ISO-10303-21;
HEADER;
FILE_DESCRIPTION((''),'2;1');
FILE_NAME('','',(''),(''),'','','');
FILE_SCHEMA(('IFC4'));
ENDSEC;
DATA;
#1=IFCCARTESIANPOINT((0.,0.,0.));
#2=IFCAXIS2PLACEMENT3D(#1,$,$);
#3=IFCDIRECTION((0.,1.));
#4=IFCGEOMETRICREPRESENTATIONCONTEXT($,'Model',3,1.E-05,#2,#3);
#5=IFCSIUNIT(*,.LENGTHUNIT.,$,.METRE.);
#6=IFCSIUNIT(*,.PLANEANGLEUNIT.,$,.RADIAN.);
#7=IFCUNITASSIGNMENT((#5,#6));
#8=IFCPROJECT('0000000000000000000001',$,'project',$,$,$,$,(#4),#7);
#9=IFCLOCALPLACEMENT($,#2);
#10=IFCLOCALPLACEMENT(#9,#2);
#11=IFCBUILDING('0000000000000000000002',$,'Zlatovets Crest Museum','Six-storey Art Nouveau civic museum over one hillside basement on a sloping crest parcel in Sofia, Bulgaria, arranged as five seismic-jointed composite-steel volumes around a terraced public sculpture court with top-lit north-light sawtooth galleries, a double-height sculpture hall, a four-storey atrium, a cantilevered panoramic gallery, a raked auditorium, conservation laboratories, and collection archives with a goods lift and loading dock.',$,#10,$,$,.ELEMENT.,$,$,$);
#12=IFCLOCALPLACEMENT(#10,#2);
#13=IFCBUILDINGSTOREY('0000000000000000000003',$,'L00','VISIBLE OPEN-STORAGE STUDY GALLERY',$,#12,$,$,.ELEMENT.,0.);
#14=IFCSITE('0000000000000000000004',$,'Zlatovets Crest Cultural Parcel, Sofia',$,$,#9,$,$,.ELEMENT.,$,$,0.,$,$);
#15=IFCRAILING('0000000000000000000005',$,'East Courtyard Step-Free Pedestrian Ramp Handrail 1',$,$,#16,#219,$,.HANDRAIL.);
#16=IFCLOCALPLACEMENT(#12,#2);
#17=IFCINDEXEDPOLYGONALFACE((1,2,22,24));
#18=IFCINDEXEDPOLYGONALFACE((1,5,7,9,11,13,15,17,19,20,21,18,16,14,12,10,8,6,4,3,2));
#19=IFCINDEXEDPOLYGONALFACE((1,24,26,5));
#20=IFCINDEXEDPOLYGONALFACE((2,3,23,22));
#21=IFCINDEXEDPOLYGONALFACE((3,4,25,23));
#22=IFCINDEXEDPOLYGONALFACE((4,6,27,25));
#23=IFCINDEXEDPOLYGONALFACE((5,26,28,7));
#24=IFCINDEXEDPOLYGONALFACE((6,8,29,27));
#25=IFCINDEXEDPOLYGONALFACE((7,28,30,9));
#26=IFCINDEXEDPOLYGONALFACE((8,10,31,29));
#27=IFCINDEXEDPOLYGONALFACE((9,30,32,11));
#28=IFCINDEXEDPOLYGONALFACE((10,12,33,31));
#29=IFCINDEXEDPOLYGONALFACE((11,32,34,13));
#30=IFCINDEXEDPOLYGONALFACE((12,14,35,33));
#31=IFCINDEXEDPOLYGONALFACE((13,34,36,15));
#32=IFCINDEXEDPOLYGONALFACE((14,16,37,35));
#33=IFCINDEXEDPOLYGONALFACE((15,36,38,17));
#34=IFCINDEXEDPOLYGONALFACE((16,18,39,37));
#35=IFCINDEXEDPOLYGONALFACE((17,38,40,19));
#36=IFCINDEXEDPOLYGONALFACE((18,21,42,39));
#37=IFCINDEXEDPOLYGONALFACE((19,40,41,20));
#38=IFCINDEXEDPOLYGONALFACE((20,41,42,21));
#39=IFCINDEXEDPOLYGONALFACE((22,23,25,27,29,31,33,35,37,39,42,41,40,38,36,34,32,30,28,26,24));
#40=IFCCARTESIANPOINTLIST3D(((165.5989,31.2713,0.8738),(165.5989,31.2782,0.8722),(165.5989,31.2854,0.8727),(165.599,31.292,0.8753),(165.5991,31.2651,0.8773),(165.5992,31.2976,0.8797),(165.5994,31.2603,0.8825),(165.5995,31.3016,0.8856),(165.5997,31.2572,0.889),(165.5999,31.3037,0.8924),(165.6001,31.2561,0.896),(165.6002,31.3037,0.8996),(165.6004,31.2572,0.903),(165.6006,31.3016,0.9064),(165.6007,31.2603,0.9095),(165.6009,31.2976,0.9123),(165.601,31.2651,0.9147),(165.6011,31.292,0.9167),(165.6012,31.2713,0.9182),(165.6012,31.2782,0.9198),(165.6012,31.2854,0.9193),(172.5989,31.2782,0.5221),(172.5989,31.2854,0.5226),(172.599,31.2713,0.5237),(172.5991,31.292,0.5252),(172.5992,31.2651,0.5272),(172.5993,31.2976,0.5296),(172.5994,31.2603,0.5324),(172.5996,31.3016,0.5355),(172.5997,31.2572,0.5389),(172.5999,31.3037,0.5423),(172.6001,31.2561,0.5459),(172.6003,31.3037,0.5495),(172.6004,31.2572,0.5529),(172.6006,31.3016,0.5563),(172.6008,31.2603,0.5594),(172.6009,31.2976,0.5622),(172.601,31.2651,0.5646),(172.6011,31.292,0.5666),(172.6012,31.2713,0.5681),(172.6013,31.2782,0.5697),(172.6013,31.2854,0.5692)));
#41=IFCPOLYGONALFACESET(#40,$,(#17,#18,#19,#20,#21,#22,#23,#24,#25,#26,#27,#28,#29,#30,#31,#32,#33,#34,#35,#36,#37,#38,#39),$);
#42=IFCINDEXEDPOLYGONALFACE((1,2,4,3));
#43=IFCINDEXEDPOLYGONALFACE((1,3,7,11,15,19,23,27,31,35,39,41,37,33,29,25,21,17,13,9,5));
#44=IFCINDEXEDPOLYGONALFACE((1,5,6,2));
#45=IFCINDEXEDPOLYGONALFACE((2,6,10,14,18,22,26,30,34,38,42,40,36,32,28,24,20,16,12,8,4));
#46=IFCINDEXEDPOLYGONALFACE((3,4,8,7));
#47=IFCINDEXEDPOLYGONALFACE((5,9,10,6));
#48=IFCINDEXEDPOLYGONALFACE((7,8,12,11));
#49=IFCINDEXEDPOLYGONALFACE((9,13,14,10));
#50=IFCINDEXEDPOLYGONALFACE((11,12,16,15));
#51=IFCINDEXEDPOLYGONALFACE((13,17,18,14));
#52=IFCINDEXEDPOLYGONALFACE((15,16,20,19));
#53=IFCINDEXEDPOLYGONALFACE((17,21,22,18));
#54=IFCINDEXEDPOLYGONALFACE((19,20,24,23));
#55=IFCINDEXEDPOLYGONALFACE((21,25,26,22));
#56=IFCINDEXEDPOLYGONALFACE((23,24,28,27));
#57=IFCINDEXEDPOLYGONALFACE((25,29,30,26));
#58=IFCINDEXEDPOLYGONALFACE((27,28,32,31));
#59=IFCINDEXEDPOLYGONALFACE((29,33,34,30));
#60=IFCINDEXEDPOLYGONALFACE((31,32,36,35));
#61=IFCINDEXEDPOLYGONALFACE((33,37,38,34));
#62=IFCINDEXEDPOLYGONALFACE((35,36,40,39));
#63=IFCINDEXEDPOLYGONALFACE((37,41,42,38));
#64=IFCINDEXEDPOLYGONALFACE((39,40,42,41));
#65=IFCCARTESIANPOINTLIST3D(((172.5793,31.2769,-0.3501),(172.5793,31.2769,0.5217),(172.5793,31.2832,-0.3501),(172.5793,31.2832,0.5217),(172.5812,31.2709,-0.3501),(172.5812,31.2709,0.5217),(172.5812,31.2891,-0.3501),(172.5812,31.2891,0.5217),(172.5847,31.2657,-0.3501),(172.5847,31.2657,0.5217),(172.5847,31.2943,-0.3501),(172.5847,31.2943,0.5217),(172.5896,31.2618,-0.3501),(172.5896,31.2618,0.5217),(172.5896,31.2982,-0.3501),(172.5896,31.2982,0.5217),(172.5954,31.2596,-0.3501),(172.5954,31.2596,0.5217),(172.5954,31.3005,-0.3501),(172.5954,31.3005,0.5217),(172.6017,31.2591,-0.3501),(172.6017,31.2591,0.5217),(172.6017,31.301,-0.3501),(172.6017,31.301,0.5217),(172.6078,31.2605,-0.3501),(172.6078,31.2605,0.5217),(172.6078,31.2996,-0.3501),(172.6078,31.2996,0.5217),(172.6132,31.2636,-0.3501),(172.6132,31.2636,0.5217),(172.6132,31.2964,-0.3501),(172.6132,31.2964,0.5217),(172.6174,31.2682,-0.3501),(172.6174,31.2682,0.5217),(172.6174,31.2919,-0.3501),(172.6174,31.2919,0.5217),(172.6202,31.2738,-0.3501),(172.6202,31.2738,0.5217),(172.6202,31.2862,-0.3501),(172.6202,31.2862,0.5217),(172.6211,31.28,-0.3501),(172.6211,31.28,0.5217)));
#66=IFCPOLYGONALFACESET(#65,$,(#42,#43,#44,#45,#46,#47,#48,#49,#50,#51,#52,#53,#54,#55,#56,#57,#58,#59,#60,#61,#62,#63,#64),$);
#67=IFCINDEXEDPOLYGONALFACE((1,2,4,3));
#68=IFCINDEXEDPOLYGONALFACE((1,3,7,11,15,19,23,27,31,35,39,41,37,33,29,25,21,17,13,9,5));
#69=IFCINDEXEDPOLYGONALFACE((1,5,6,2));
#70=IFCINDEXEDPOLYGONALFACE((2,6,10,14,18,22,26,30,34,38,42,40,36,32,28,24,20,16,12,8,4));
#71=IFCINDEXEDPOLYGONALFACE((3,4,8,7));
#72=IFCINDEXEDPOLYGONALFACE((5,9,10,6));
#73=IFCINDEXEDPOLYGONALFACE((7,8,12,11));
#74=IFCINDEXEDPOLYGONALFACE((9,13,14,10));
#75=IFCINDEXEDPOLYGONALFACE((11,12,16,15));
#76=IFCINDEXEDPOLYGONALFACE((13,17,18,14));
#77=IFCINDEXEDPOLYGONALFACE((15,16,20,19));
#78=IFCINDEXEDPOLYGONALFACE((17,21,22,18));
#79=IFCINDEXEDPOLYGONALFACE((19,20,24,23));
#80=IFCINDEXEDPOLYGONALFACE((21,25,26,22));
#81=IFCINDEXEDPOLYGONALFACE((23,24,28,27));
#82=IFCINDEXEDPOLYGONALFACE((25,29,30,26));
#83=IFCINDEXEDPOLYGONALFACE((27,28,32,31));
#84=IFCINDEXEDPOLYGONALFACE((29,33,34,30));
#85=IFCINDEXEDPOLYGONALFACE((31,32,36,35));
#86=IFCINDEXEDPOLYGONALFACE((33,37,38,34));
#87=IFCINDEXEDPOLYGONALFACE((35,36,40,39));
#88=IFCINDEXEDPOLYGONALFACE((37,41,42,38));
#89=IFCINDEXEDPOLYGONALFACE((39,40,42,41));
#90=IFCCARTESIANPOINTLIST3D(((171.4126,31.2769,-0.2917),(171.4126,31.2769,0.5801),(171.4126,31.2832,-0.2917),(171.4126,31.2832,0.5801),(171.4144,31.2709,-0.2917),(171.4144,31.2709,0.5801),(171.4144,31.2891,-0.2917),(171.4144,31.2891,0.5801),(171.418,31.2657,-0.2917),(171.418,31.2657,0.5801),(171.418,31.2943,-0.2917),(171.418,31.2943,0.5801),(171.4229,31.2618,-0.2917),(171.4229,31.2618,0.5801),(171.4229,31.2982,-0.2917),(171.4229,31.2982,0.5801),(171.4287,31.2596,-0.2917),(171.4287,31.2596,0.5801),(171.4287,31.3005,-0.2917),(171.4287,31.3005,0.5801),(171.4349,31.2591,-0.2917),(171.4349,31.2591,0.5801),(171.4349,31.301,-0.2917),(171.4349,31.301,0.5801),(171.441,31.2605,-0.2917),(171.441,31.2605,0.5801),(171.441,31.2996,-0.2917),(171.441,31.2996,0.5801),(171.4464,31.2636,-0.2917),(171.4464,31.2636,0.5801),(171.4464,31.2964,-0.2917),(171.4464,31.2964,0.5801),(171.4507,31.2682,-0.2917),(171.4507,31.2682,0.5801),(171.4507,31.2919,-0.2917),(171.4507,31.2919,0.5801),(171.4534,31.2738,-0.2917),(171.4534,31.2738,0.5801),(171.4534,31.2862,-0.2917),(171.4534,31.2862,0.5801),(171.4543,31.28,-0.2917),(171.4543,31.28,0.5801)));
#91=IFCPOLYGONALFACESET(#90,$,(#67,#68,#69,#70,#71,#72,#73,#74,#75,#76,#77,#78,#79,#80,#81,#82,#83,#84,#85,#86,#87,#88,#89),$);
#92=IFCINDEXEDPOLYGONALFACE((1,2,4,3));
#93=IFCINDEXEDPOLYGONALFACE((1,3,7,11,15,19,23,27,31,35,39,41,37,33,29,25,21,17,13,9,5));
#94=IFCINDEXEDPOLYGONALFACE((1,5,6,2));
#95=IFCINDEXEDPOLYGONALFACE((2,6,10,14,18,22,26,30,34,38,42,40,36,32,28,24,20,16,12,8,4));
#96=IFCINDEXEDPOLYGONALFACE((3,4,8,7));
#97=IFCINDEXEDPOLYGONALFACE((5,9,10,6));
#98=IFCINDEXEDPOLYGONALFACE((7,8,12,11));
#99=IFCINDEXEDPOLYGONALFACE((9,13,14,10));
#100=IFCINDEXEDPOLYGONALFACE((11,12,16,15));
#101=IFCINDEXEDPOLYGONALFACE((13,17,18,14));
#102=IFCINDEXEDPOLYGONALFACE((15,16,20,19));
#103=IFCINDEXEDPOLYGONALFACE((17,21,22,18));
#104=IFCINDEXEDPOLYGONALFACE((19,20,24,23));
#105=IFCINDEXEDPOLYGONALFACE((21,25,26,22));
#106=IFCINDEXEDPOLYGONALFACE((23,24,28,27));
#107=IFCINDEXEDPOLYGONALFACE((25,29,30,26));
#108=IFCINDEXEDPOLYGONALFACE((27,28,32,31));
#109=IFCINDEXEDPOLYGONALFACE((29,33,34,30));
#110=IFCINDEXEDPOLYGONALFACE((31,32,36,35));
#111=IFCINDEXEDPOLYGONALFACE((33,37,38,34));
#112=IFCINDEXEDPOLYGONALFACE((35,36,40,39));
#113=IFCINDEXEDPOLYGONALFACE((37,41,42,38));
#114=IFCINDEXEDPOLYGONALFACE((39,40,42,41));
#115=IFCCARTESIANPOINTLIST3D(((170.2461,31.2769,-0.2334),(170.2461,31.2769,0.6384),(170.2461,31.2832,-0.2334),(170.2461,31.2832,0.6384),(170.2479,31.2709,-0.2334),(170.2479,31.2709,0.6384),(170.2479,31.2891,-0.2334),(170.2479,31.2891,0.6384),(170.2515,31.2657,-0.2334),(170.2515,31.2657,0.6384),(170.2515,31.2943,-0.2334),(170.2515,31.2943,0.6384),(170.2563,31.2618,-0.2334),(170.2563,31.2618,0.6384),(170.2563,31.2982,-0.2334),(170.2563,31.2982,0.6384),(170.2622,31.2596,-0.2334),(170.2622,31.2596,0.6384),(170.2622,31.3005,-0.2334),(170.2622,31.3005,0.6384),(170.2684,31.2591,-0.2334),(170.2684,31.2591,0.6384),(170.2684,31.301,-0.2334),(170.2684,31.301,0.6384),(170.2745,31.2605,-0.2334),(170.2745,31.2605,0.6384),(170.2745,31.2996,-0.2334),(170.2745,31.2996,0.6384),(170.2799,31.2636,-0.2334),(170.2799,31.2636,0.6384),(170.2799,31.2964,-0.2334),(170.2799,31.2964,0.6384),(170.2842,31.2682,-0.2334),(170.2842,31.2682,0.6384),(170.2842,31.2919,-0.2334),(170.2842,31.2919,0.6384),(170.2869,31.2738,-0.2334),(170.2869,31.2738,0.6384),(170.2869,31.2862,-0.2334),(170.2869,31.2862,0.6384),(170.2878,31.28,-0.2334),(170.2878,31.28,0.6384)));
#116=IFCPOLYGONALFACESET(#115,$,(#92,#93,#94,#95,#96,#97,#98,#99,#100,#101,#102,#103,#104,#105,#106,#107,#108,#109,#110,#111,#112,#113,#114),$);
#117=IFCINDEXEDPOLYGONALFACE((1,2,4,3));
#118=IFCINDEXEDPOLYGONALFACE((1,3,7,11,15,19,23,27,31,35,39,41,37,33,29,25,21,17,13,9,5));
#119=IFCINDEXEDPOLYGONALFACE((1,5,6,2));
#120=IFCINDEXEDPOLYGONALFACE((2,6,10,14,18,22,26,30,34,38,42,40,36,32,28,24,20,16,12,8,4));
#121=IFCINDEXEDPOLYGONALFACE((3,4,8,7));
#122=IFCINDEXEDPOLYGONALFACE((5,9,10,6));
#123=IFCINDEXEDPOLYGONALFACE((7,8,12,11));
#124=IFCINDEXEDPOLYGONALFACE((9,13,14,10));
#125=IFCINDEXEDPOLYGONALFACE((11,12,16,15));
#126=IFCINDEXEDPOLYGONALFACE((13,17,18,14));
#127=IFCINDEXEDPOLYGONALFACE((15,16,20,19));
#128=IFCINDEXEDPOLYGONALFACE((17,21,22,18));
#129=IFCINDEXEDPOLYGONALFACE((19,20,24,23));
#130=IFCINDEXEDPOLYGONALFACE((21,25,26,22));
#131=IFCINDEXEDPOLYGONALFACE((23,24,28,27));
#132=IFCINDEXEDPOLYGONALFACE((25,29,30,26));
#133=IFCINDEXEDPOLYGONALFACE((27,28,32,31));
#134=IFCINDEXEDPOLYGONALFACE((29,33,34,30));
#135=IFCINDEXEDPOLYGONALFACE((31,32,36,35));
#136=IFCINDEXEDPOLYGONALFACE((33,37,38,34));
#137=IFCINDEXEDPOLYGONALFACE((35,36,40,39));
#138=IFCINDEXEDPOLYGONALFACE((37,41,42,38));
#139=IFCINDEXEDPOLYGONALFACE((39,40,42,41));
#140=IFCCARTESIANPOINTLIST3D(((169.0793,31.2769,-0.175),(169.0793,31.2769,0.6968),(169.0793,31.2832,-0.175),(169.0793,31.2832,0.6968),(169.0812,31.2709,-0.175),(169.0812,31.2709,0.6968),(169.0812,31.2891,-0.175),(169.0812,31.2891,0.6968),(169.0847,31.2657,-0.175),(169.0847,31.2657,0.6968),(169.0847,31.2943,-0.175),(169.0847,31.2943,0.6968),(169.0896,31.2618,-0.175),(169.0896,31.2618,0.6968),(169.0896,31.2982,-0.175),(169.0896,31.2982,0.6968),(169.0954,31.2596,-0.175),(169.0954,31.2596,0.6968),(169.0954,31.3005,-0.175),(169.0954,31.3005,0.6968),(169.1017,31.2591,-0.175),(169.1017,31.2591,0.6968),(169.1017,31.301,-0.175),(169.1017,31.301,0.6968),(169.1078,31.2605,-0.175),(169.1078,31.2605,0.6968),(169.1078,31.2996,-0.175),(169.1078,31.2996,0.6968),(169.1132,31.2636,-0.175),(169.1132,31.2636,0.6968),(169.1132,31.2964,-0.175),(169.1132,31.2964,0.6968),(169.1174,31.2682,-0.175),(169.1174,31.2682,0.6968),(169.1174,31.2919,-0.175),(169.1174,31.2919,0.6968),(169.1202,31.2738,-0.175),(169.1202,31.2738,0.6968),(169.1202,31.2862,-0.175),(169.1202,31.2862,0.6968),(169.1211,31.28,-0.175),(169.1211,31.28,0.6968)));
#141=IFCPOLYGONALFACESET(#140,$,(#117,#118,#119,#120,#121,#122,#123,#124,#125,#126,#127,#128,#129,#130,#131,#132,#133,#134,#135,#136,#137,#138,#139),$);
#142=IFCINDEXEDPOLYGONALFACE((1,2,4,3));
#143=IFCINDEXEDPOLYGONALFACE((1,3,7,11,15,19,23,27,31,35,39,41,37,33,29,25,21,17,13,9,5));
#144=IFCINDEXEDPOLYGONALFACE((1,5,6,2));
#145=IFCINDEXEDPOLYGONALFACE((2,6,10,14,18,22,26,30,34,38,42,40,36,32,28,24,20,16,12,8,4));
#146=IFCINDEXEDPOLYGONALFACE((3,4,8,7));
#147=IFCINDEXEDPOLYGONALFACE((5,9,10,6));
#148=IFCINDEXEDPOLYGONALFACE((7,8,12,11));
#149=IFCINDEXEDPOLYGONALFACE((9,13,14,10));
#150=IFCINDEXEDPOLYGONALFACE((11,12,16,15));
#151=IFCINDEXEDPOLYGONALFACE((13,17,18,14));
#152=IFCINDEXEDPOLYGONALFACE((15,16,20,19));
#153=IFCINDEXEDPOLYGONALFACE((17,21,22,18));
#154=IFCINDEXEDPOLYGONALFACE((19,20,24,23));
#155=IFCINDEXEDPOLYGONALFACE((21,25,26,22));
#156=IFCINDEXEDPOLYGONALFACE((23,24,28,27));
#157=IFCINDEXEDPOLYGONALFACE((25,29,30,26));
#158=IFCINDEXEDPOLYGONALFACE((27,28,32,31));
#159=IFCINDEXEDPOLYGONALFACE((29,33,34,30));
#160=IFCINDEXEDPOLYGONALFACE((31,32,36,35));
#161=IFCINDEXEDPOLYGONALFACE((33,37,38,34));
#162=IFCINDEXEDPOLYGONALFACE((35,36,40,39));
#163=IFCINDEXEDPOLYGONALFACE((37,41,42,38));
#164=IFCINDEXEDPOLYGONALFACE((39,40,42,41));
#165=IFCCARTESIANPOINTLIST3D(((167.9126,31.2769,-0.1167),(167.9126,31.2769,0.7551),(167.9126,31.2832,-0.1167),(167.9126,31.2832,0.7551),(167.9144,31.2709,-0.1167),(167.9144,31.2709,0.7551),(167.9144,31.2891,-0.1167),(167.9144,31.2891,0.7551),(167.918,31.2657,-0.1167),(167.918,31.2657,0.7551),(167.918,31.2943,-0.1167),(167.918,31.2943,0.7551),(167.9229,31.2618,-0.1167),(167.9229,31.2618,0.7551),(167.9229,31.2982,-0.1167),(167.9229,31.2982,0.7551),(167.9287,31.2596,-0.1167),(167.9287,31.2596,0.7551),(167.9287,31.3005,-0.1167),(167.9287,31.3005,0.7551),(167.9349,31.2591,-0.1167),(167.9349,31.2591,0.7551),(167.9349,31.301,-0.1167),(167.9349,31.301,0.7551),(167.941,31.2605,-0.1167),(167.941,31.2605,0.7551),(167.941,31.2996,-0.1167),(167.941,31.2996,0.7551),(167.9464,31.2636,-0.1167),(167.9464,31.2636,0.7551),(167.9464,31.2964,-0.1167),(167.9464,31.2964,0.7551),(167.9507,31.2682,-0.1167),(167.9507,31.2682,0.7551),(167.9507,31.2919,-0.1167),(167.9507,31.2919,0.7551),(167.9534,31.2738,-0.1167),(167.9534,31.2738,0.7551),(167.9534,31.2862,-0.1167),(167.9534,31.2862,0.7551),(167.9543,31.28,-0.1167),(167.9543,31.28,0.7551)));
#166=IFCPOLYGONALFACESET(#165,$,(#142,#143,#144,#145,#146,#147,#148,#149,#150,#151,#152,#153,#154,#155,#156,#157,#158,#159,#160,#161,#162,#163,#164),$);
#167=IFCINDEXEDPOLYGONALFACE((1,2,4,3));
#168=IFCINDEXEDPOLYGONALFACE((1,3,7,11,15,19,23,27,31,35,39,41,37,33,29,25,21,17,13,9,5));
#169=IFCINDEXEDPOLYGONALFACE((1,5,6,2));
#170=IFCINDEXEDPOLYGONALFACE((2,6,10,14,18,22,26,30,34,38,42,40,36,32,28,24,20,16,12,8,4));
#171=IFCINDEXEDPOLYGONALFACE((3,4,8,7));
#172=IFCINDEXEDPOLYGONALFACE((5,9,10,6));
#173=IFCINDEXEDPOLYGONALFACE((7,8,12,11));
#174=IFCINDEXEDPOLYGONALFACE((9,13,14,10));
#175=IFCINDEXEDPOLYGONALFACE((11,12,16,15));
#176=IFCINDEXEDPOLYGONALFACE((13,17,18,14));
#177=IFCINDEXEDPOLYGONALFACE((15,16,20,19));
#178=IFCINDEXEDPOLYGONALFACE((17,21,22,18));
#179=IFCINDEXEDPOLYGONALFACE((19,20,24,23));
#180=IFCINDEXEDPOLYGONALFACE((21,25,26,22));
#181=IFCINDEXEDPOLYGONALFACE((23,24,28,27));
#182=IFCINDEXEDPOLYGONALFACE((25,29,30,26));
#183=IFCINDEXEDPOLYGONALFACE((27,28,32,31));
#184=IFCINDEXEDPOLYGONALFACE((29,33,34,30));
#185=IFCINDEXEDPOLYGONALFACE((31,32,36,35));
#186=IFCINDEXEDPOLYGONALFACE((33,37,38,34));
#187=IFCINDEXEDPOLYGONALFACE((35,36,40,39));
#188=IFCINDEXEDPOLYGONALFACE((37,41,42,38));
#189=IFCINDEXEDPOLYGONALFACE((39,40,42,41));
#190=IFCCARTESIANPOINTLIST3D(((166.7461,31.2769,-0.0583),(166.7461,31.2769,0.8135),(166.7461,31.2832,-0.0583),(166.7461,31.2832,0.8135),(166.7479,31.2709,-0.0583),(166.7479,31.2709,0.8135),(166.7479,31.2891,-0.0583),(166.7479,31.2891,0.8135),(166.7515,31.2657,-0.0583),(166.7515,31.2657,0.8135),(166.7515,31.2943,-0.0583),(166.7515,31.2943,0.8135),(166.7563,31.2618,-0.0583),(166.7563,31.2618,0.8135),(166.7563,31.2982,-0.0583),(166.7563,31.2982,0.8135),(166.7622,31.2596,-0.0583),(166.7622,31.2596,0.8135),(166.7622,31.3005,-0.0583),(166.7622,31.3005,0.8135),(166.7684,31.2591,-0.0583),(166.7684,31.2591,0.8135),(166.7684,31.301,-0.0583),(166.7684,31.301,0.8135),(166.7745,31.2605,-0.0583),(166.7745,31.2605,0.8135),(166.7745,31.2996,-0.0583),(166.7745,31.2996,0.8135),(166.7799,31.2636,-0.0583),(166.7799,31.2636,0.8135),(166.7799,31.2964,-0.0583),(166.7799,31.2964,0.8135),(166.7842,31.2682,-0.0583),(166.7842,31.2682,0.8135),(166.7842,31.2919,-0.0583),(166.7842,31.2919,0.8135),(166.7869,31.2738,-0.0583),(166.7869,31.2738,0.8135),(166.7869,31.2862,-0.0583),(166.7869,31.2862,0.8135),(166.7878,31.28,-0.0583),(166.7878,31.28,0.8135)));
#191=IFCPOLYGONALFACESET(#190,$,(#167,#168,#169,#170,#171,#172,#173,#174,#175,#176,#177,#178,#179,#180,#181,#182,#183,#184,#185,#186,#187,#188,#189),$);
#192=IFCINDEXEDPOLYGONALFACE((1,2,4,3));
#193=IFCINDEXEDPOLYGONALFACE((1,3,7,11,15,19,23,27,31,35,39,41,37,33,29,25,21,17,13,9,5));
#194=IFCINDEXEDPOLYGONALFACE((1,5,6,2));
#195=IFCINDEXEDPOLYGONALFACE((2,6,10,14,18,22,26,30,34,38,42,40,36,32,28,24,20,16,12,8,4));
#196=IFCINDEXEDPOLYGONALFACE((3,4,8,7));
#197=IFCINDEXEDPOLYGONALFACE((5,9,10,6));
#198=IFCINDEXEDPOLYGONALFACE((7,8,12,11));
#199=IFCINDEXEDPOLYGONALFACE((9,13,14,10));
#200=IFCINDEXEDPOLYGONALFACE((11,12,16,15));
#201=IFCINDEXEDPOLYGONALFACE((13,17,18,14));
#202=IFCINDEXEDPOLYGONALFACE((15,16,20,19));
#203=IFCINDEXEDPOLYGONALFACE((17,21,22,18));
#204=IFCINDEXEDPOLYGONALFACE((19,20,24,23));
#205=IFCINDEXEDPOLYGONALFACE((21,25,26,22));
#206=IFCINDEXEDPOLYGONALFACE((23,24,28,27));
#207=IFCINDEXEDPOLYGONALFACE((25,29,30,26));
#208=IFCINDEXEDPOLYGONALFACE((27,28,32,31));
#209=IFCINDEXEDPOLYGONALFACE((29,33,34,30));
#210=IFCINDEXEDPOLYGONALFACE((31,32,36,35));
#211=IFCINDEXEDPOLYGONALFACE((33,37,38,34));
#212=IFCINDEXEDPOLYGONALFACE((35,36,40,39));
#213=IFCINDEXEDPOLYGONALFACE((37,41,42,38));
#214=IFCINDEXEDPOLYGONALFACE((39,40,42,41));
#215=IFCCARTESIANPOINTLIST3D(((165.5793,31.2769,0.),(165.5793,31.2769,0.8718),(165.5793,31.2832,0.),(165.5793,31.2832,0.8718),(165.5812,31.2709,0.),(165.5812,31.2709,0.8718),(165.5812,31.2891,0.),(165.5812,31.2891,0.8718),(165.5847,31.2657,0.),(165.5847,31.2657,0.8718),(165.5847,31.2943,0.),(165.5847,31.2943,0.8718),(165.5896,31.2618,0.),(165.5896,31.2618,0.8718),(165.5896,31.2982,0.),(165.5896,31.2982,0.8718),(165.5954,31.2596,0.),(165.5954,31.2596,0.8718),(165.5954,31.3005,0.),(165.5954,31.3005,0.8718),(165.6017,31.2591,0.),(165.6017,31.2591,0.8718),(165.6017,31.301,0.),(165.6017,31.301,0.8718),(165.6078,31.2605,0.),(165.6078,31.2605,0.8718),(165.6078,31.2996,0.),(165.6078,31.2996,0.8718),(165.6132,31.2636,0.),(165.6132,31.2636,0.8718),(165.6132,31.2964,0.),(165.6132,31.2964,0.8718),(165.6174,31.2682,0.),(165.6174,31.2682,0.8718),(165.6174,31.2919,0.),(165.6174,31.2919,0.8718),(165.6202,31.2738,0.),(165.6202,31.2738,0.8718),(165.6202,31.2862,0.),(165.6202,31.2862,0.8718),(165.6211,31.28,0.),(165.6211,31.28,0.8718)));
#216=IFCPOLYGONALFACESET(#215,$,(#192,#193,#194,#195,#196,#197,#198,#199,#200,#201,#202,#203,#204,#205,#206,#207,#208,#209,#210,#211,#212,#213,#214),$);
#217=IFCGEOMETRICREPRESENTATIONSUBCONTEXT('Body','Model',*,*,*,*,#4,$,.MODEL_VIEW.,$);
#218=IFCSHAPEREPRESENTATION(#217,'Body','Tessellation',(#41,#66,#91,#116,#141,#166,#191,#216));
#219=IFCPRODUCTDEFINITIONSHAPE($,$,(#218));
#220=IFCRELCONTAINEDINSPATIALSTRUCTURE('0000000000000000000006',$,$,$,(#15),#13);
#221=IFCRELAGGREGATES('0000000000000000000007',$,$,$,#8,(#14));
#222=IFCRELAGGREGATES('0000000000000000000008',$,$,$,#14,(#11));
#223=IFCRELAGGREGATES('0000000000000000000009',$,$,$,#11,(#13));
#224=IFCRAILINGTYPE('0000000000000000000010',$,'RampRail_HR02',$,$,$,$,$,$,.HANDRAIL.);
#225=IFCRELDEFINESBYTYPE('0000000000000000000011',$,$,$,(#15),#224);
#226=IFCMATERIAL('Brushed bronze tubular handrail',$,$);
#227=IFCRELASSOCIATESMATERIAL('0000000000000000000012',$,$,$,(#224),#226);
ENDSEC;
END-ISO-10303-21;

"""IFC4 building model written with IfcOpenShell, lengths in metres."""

from ifc_helpers import new_model, si_unit, direction, frame, origin, origin_2d, place, context, subcontext, project, spatial, circle, extrude, material, type_object, element, save


model = new_model("IFC4")

# Units and contexts
model_context = context("Model", 3, precision=1e-05, world=origin(), true_north=direction((0.0, 1.0)))
body_context = subcontext(model_context, "Body", "Model", "MODEL_VIEW")
ifc_project = project(units=[si_unit("LENGTHUNIT", "METRE"), si_unit("PLANEANGLEUNIT", "RADIAN")], contexts=[model_context])

# Site, building, storey
site_placement = place(None, origin())
site = spatial("IfcSite", under=ifc_project, at=site_placement, Name="Zlatovets Crest Cultural Parcel, Sofia", CompositionType="ELEMENT", RefElevation=0.0)
building_placement = place(site_placement, origin())
building = spatial("IfcBuilding", under=site, at=building_placement, Name="Zlatovets Crest Museum", Description="Six-storey Art Nouveau civic museum over one hillside basement on a sloping crest parcel in Sofia, Bulgaria, arranged as five seismic-jointed composite-steel volumes around a terraced public sculpture court with top-lit north-light sawtooth galleries, a double-height sculpture hall, a four-storey atrium, a cantilevered panoramic gallery, a raked auditorium, conservation laboratories, and collection archives with a goods lift and loading dock.", CompositionType="ELEMENT")
storey_placement = place(building_placement, origin())
storey = spatial("IfcBuildingStorey", under=building, at=storey_placement, Name="L00", Description="VISIBLE OPEN-STORAGE STUDY GALLERY", CompositionType="ELEMENT", Elevation=0.0)

# Railing
ifc_material_1 = material(Name="Brushed bronze tubular handrail")
railing_type = type_object("IfcRailingType", Name="RampRail_HR02", PredefinedType="HANDRAIL", material=ifc_material_1)
for number, where, name in (
    (1, (172.6001, 31.28, -0.3501), "East Courtyard Step-Free Pedestrian Ramp Handrail 1"),
):
    element("IfcRailing", number, at=place(storey_placement, frame(where)), inside=storey, type_object=railing_type, Name=name, PredefinedType="HANDRAIL", context=body_context, shape_type="SweptSolid", body=[
        extrude(circle(Radius=0.0239, at=origin_2d()), frame((0.0, 0.0, 0.896), z_axis=(-0.998752, 0.0, 0.049952), x_axis=(0.0, -1.0, 0.0)), (0.0, 0.0, 1.0), 7.0088),
        extrude(circle(Radius=0.021, at=origin_2d()), origin(), (0.0, 0.0, 1.0), 0.8718),
        extrude(circle(Radius=0.021, at=origin_2d()), frame((-1.1667, 0.0, 0.0583)), (0.0, 0.0, 1.0), 0.8718),
        extrude(circle(Radius=0.021, at=origin_2d()), frame((-2.3333, 0.0, 0.1167)), (0.0, 0.0, 1.0), 0.8718),
        extrude(circle(Radius=0.021, at=origin_2d()), frame((-3.5, 0.0, 0.175)), (0.0, 0.0, 1.0), 0.8718),
        extrude(circle(Radius=0.021, at=origin_2d()), frame((-4.6667, 0.0, 0.2334)), (0.0, 0.0, 1.0), 0.8718),
        extrude(circle(Radius=0.021, at=origin_2d()), frame((-5.8333, 0.0, 0.2917)), (0.0, 0.0, 1.0), 0.8718),
        extrude(circle(Radius=0.021, at=origin_2d()), frame((-7.0, 0.0, 0.3501)), (0.0, 0.0, 1.0), 0.8718),
    ])

save(model, "model.ifc")
